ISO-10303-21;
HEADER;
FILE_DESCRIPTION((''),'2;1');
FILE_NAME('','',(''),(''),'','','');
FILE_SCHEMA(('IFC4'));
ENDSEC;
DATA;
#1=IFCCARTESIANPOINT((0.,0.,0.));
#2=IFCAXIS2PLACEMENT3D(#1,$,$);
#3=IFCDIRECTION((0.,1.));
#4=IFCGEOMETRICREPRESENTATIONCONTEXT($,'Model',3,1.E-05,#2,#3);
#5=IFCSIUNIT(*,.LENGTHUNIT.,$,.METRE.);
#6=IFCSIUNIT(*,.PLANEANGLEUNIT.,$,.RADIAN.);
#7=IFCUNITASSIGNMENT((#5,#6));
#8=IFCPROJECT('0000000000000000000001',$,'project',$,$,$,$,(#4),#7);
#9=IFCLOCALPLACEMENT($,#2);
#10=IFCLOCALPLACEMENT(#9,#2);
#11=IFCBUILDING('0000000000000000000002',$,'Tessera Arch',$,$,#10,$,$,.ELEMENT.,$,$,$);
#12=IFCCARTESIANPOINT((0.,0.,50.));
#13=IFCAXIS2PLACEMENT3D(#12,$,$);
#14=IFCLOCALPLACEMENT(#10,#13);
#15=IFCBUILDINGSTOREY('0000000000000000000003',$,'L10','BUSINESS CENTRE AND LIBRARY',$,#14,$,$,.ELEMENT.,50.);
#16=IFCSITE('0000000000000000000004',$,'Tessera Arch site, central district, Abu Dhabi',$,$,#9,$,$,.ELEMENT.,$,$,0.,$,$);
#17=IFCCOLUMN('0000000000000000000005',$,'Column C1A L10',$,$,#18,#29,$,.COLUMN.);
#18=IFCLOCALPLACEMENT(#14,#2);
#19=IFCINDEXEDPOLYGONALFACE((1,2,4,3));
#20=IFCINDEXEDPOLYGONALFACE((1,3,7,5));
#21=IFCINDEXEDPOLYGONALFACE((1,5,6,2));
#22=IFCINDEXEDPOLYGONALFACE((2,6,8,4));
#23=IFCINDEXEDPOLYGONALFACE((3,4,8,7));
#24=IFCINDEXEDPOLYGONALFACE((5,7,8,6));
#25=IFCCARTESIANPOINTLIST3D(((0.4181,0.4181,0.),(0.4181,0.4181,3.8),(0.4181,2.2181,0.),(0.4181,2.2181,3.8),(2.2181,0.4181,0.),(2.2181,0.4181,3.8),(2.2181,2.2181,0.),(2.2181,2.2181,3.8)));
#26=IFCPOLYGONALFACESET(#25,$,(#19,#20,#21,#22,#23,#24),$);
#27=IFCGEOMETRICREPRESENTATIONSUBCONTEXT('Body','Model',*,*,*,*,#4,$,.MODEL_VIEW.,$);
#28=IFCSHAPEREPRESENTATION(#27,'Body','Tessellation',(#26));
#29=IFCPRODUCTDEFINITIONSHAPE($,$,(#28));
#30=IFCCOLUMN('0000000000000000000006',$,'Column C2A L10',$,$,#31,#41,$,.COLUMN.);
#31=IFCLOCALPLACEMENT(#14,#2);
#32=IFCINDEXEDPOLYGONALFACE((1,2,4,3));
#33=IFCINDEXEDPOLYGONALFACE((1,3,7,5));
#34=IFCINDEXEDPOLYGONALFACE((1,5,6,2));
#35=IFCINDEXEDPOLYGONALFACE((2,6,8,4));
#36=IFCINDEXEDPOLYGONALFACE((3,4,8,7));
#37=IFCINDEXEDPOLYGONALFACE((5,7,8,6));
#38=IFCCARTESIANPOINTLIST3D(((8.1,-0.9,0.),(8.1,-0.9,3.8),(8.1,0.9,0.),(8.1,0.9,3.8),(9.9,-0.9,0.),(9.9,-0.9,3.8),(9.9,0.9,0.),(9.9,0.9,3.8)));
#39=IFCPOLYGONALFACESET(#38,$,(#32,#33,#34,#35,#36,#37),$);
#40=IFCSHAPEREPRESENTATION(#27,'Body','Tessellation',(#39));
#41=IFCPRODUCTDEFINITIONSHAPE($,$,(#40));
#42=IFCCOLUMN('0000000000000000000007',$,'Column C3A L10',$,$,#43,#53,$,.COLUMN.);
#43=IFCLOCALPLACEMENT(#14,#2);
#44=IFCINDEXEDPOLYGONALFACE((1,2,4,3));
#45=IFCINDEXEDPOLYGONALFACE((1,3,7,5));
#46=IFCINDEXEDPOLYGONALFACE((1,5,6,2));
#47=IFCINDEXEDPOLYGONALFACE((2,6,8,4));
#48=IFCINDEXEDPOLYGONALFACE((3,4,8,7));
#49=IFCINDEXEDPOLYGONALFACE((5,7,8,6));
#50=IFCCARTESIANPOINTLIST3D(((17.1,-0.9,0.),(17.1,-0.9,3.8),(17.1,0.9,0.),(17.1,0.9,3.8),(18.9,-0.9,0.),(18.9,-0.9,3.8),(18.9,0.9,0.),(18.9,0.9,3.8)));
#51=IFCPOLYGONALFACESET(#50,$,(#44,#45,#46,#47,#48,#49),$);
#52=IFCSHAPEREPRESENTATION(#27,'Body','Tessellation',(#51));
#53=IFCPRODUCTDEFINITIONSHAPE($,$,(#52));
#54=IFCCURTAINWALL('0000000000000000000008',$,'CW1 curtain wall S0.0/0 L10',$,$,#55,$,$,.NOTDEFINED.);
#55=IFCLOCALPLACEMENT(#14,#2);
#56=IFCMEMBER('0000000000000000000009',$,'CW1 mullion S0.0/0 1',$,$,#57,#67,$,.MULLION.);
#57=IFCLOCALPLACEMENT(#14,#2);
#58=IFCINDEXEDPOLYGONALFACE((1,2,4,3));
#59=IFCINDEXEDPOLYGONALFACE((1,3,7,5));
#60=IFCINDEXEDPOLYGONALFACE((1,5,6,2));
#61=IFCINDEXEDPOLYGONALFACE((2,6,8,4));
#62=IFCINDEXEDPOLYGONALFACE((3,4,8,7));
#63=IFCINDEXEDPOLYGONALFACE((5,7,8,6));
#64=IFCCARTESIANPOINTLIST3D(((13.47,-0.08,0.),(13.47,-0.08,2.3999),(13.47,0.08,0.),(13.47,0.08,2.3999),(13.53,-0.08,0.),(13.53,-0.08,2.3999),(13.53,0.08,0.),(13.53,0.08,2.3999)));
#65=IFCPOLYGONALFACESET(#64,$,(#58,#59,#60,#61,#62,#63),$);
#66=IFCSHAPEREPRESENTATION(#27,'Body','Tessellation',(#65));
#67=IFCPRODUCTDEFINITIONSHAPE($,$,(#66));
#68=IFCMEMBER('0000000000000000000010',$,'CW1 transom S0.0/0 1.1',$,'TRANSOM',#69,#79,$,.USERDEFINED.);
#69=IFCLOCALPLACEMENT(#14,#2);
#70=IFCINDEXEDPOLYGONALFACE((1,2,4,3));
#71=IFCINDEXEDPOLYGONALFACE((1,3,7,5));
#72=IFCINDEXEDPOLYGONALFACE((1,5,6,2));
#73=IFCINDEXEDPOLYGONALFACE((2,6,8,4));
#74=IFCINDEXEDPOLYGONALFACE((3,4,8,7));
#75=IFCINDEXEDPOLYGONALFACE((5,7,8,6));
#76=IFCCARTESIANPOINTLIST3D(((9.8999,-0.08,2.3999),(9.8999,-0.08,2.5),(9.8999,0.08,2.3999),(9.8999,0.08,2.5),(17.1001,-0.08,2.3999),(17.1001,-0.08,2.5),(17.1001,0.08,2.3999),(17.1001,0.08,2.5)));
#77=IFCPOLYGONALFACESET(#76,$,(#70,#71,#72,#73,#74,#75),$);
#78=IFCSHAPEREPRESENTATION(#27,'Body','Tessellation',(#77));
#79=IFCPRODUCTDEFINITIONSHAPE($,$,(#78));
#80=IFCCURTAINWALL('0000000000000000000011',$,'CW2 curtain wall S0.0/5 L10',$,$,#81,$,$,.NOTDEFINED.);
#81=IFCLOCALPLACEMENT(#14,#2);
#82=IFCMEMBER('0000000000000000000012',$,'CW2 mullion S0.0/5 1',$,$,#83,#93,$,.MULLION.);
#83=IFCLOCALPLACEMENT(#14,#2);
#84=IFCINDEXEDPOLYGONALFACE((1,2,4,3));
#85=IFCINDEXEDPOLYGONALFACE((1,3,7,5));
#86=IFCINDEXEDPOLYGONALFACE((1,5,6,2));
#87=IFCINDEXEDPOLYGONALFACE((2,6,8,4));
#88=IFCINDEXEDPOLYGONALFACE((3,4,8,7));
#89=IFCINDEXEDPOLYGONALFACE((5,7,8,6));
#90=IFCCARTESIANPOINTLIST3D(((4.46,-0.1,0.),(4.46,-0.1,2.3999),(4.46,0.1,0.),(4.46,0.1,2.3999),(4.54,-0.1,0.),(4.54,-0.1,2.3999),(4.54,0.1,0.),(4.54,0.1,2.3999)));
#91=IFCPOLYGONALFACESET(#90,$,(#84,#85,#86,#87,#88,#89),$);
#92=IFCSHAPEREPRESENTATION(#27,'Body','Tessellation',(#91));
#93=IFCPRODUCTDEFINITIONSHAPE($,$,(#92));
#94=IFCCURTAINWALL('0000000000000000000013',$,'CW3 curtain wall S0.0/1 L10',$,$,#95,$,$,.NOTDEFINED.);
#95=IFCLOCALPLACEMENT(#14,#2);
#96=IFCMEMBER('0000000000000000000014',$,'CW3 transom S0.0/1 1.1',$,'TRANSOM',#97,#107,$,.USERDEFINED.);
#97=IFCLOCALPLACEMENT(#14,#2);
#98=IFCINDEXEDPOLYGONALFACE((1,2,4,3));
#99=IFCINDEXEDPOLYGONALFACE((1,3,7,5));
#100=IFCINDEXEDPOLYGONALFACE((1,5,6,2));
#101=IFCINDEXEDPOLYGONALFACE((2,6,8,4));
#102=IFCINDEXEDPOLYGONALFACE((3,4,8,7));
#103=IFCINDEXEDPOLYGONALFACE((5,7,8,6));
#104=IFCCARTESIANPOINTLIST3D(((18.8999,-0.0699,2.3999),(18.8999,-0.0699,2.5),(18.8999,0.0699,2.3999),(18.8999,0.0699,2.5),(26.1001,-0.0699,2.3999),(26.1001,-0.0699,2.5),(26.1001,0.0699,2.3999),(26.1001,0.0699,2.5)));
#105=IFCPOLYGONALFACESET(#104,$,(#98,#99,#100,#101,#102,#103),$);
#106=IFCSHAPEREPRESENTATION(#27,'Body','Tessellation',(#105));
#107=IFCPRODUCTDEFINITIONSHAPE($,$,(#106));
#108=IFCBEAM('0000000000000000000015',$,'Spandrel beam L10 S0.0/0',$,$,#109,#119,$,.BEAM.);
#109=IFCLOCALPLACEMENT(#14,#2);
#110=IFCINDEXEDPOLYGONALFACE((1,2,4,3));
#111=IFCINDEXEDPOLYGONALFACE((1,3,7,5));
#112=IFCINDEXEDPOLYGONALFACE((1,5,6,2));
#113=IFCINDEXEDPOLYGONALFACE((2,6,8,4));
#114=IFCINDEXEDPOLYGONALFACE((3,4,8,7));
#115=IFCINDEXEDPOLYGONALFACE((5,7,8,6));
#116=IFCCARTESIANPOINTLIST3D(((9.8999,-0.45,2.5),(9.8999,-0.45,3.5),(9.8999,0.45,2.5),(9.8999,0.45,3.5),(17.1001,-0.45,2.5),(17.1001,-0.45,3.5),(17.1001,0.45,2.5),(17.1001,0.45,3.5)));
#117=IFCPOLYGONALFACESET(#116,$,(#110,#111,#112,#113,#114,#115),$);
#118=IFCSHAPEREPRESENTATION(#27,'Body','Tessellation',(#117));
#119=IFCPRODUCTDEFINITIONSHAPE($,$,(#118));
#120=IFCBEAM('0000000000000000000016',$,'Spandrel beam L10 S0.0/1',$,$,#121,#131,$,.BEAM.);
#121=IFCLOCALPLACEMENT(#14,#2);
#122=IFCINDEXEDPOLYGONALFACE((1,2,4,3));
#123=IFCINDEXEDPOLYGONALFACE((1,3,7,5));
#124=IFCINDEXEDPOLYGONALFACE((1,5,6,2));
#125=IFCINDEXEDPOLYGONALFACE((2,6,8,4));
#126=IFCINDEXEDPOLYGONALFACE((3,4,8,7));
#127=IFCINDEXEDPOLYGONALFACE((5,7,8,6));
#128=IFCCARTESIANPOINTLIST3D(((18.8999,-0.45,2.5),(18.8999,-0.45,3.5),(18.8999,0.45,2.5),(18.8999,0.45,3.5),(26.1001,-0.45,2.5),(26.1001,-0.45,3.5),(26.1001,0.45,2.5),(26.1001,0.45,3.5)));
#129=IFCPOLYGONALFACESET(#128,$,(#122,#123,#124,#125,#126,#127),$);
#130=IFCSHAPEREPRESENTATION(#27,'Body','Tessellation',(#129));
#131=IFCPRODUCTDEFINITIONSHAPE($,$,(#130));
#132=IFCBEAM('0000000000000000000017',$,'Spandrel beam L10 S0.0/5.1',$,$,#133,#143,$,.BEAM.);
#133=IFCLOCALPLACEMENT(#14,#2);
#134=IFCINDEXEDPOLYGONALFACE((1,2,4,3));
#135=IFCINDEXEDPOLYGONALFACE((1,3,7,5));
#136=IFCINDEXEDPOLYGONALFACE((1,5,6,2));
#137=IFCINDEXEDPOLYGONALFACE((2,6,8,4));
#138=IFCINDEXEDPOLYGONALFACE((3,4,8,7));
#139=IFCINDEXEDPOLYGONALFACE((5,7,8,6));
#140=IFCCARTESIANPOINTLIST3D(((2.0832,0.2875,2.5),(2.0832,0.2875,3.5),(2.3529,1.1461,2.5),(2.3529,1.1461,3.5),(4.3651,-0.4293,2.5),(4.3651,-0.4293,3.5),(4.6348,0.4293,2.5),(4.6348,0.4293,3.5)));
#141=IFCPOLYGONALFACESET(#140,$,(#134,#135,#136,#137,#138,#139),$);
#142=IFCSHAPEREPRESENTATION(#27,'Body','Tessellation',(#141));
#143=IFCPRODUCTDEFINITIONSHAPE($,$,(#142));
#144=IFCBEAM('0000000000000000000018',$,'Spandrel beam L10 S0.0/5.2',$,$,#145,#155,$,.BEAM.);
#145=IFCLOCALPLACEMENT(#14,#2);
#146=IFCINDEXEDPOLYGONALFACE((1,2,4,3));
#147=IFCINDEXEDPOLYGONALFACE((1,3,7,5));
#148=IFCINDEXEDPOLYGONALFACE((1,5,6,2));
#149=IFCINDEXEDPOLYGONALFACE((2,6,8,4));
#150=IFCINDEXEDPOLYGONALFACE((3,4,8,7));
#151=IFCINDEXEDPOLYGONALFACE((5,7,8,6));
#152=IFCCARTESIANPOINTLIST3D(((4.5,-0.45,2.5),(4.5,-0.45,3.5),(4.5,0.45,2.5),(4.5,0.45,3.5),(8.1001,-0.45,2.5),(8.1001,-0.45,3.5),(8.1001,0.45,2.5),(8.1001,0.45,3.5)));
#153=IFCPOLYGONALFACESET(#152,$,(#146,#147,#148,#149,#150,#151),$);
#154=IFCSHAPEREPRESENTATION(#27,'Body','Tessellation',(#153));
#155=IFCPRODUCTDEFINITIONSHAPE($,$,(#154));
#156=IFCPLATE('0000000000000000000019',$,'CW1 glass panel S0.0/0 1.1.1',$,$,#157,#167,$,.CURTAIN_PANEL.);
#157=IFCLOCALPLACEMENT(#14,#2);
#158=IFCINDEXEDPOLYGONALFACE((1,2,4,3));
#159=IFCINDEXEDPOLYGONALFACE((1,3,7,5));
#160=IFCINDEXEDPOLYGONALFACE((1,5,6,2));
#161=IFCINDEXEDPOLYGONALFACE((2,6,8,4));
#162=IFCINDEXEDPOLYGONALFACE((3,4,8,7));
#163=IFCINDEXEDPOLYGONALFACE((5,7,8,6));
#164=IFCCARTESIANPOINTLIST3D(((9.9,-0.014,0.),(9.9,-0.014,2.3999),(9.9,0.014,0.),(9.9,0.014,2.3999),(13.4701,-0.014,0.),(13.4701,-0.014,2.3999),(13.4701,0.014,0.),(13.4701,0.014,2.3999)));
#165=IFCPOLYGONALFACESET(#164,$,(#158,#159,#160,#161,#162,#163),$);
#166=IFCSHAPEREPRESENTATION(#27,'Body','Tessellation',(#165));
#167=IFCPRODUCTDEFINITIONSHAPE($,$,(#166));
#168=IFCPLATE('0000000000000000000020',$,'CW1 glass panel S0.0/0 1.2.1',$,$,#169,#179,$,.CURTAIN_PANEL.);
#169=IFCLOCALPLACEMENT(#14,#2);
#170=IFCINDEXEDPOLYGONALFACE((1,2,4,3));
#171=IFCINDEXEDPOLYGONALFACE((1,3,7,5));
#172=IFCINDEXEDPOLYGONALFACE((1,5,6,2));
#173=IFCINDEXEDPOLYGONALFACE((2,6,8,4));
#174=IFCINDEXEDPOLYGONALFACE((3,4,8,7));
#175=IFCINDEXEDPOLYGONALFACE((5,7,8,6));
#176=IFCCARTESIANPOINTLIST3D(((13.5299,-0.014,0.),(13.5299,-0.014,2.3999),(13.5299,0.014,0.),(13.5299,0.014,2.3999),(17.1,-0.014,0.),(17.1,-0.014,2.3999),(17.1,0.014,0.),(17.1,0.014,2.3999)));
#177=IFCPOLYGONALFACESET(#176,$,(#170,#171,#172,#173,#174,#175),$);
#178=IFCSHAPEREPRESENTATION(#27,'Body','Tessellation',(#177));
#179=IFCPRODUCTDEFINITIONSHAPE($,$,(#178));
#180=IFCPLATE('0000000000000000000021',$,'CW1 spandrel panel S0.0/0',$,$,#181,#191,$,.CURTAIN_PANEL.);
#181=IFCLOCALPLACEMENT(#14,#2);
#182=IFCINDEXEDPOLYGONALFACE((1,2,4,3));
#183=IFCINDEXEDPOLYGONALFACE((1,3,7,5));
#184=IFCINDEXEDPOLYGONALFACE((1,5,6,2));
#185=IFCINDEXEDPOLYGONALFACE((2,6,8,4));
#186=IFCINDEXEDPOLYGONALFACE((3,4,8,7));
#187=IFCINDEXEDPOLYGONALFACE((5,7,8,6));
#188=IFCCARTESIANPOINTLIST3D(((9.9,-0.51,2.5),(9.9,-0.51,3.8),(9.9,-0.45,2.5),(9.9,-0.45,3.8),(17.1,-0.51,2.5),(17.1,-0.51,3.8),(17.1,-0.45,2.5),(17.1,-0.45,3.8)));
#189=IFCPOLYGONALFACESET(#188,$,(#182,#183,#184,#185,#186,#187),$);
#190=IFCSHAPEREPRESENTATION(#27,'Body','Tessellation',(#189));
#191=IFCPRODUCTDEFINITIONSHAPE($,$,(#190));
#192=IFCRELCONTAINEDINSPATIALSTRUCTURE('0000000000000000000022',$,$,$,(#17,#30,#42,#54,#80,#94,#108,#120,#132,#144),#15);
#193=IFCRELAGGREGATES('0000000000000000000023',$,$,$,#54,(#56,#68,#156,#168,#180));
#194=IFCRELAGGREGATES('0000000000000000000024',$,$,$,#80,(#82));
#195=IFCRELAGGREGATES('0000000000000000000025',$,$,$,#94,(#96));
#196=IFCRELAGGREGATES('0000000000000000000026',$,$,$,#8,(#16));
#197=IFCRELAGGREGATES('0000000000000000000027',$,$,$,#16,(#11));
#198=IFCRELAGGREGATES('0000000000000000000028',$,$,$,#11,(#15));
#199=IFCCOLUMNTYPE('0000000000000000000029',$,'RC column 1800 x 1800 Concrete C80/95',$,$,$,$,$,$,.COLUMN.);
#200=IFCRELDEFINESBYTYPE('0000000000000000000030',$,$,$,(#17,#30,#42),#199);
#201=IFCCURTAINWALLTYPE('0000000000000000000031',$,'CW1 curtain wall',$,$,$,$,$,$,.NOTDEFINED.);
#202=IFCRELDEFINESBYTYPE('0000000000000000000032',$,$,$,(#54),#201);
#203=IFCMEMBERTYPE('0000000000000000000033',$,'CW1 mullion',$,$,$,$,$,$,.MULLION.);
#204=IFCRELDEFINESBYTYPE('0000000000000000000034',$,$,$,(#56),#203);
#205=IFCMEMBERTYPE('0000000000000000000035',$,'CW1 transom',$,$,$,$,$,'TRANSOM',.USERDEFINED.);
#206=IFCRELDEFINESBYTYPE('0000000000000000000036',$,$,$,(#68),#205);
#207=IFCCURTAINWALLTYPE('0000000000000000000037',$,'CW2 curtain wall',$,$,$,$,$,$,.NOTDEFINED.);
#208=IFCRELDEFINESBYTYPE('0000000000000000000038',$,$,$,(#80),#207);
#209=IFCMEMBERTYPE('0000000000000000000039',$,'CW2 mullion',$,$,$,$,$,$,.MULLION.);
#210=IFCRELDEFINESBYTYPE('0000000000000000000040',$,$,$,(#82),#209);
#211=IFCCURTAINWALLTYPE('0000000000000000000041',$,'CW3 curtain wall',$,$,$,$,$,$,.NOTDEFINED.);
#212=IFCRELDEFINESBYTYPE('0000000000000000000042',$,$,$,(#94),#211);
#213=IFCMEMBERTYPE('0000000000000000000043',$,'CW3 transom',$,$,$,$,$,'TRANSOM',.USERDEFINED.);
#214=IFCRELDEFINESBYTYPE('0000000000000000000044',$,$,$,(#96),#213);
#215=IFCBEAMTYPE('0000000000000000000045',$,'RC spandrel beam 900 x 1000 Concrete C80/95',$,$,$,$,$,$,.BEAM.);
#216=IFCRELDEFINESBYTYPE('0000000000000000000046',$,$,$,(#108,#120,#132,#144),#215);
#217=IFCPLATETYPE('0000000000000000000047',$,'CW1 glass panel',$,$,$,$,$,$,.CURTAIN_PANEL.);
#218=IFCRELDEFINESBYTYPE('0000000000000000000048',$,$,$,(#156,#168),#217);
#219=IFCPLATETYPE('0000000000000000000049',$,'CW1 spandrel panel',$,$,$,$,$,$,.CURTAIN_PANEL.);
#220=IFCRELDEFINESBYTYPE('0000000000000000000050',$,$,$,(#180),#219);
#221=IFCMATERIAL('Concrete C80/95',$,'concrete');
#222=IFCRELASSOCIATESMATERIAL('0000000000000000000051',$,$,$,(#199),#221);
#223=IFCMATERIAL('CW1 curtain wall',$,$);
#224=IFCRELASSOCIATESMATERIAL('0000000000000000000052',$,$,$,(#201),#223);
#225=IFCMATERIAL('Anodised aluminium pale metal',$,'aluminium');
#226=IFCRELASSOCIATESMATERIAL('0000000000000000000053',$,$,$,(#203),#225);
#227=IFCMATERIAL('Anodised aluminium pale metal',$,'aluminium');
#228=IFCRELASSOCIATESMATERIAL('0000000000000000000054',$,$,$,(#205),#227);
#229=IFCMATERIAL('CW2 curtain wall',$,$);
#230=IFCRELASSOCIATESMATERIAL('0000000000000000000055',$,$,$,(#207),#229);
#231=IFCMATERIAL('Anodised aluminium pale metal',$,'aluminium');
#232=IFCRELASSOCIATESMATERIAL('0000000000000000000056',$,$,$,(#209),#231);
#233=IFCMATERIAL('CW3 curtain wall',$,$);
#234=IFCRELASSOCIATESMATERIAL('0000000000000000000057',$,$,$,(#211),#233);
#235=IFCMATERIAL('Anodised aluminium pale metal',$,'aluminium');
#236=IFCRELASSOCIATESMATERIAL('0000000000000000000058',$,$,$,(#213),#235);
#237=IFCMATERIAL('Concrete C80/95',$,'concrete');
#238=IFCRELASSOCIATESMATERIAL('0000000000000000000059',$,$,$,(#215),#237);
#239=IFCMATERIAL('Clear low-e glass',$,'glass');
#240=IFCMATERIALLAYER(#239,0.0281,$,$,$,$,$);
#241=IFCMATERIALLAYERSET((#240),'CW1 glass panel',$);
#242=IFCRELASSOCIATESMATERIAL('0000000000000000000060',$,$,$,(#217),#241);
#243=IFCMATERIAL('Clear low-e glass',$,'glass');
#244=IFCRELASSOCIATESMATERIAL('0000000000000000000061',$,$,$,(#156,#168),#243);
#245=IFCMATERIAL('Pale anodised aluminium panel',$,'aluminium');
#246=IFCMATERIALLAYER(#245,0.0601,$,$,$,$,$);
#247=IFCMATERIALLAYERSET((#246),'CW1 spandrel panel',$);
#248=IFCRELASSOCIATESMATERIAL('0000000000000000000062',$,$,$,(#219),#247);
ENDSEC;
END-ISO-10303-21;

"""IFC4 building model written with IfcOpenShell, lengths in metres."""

from ifc_helpers import new_model, si_unit, direction, frame, origin, origin_2d, place, context, subcontext, project, spatial, rectangle, extrude, material, layer, layer_set, material_profile, profile_set, type_object, element, aggregate, save


model = new_model("IFC4")

# Units and contexts
model_context = context("Model", 3, precision=1e-05, world=origin(), true_north=direction((0.0, 1.0)))
body_context = subcontext(model_context, "Body", "Model", "MODEL_VIEW")
ifc_project = project(units=[si_unit("LENGTHUNIT", "METRE"), si_unit("PLANEANGLEUNIT", "RADIAN")], contexts=[model_context])

# Site, building, storey
site_placement = place(None, origin())
site = spatial("IfcSite", under=ifc_project, at=site_placement, Name="Tessera Arch site, central district, Abu Dhabi", CompositionType="ELEMENT", RefElevation=0.0)
building_placement = place(site_placement, origin())
building = spatial("IfcBuilding", under=site, at=building_placement, Name="Tessera Arch", CompositionType="ELEMENT")
storey_placement = place(building_placement, frame((0.0, 0.0, 50.0)))
storey = spatial("IfcBuildingStorey", under=building, at=storey_placement, Name="L10", Description="BUSINESS CENTRE AND LIBRARY", CompositionType="ELEMENT", Elevation=50.0)

# Columns
ifc_material_1 = material(Name="Concrete C80/95", Category="concrete")
ifc_material_profile_1 = material_profile(ifc_material_1, rectangle(XDim=1.8, YDim=1.8, at=origin_2d()), Name="RC column 1800 x 1800 Concrete C80/95")
ifc_profile_set_1 = profile_set([ifc_material_profile_1], Name="Concrete C80/95")
column_type = type_object("IfcColumnType", Name="RC column 1800 x 1800 Concrete C80/95", PredefinedType="COLUMN", material=ifc_profile_set_1)
for number, where, z_axis, x_axis, name in (
    (1, (1.3181, 1.3181, 0.0), (0.0, 0.0, 1.0), (1.0, 0.0, 0.0), "Column C1A L10"),
    (2, (9.0, 0.0, 0.0), (0.0, 0.0, 1.0), (1.0, 0.0, 0.0), "Column C2A L10"),
    (3, (18.0, 0.0, 0.0), (0.0, 0.0, 1.0), (1.0, 0.0, 0.0), "Column C3A L10"),
):
    element("IfcColumn", number, at=place(storey_placement, frame(where, z_axis=z_axis, x_axis=x_axis)), inside=storey, type_object=column_type, Name=name, PredefinedType="COLUMN", context=body_context, shape_type="SweptSolid", body=[
        extrude(rectangle(XDim=1.8, YDim=1.8, at=origin_2d()), origin(), (0.0, 0.0, 1.0), 3.8),
    ])

# Curtain wall, members
ifc_material_2 = material(Name="CW1 curtain wall")
curtain_wall_type_1 = type_object("IfcCurtainWallType", Name="CW1 curtain wall", PredefinedType="NOTDEFINED", material=ifc_material_2)
curtain_wall_1_placement = place(storey_placement, origin())
curtain_wall_1 = element("IfcCurtainWall", 4, at=curtain_wall_1_placement, inside=storey, type_object=curtain_wall_type_1, Name="CW1 curtain wall S0.0/0 L10", PredefinedType="NOTDEFINED")
ifc_material_3 = material(Name="Anodised aluminium pale metal", Category="aluminium")
ifc_material_profile_2 = material_profile(ifc_material_3, rectangle(XDim=0.1599, YDim=0.0601, at=origin_2d()), Name="AL 60x160")
ifc_profile_set_2 = profile_set([ifc_material_profile_2], Name="Anodised aluminium pale metal")
member_type_1 = type_object("IfcMemberType", Name="CW1 mullion", PredefinedType="MULLION", material=ifc_profile_set_2)
member_1_placement = place(storey_placement, frame((13.5, 0.0, 0.0), z_axis=(0.0, 0.0, 1.0), x_axis=(0.0, 1.0, 0.0)))
member_1 = element("IfcMember", 5, at=member_1_placement, type_object=member_type_1, Name="CW1 mullion S0.0/0 1", PredefinedType="MULLION", context=body_context, shape_type="SweptSolid", body=[
    extrude(rectangle(XDim=0.1599, YDim=0.0601, at=origin_2d()), origin(), (0.0, 0.0, 1.0), 2.3999),
])
ifc_material_4 = material(Name="Anodised aluminium pale metal", Category="aluminium")
ifc_material_profile_3 = material_profile(ifc_material_4, rectangle(XDim=0.1599, YDim=0.1001, at=origin_2d()), Name="AL 160x100")
ifc_profile_set_3 = profile_set([ifc_material_profile_3], Name="Anodised aluminium pale metal")
member_type_2 = type_object("IfcMemberType", Name="CW1 transom", ElementType="TRANSOM", PredefinedType="USERDEFINED", material=ifc_profile_set_3)
member_2_placement = place(storey_placement, frame((9.8999, 0.0, 2.45), z_axis=(1.0, 0.0, 0.0), x_axis=(0.0, 1.0, 0.0)))
member_2 = element("IfcMember", 6, at=member_2_placement, type_object=member_type_2, Name="CW1 transom S0.0/0 1.1", ObjectType="TRANSOM", PredefinedType="USERDEFINED", context=body_context, shape_type="SweptSolid", body=[
    extrude(rectangle(XDim=0.1599, YDim=0.1001, at=origin_2d()), origin(), (0.0, 0.0, 1.0), 7.2002),
])

# Curtain walls, members
ifc_material_5 = material(Name="CW2 curtain wall")
curtain_wall_type_2 = type_object("IfcCurtainWallType", Name="CW2 curtain wall", PredefinedType="NOTDEFINED", material=ifc_material_5)
curtain_wall_2_placement = place(storey_placement, origin())
curtain_wall_2 = element("IfcCurtainWall", 7, at=curtain_wall_2_placement, inside=storey, type_object=curtain_wall_type_2, Name="CW2 curtain wall S0.0/5 L10", PredefinedType="NOTDEFINED")
ifc_material_6 = material(Name="Anodised aluminium pale metal", Category="aluminium")
ifc_material_profile_4 = material_profile(ifc_material_6, rectangle(XDim=0.2, YDim=0.0801, at=origin_2d()), Name="AL 80x200")
ifc_profile_set_4 = profile_set([ifc_material_profile_4], Name="Anodised aluminium pale metal")
member_type_3 = type_object("IfcMemberType", Name="CW2 mullion", PredefinedType="MULLION", material=ifc_profile_set_4)
member_3_placement = place(storey_placement, frame((4.5, 0.0, 0.0), z_axis=(0.0, 0.0, 1.0), x_axis=(0.0, 1.0, 0.0)))
member_3 = element("IfcMember", 8, at=member_3_placement, type_object=member_type_3, Name="CW2 mullion S0.0/5 1", PredefinedType="MULLION", context=body_context, shape_type="SweptSolid", body=[
    extrude(rectangle(XDim=0.2, YDim=0.0801, at=origin_2d()), origin(), (0.0, 0.0, 1.0), 2.3999),
])
ifc_material_7 = material(Name="CW3 curtain wall")
curtain_wall_type_3 = type_object("IfcCurtainWallType", Name="CW3 curtain wall", PredefinedType="NOTDEFINED", material=ifc_material_7)
curtain_wall_3_placement = place(storey_placement, origin())
curtain_wall_3 = element("IfcCurtainWall", 9, at=curtain_wall_3_placement, inside=storey, type_object=curtain_wall_type_3, Name="CW3 curtain wall S0.0/1 L10", PredefinedType="NOTDEFINED")
ifc_material_8 = material(Name="Anodised aluminium pale metal", Category="aluminium")
ifc_material_profile_5 = material_profile(ifc_material_8, rectangle(XDim=0.1399, YDim=0.1001, at=origin_2d()), Name="AL 140x100")
ifc_profile_set_5 = profile_set([ifc_material_profile_5], Name="Anodised aluminium pale metal")
member_type_4 = type_object("IfcMemberType", Name="CW3 transom", ElementType="TRANSOM", PredefinedType="USERDEFINED", material=ifc_profile_set_5)
member_4_placement = place(storey_placement, frame((18.8999, 0.0, 2.45), z_axis=(1.0, 0.0, 0.0), x_axis=(0.0, 1.0, 0.0)))
member_4 = element("IfcMember", 10, at=member_4_placement, type_object=member_type_4, Name="CW3 transom S0.0/1 1.1", ObjectType="TRANSOM", PredefinedType="USERDEFINED", context=body_context, shape_type="SweptSolid", body=[
    extrude(rectangle(XDim=0.1399, YDim=0.1001, at=origin_2d()), origin(), (0.0, 0.0, 1.0), 7.2002),
])

# Beams
ifc_material_9 = material(Name="Concrete C80/95", Category="concrete")
ifc_material_profile_6 = material_profile(ifc_material_9, rectangle(XDim=0.8999, YDim=1.0, at=origin_2d()), Name="RC spandrel beam 900 x 1000 Concrete C80/95")
ifc_profile_set_6 = profile_set([ifc_material_profile_6], Name="Concrete C80/95")
beam_type = type_object("IfcBeamType", Name="RC spandrel beam 900 x 1000 Concrete C80/95", PredefinedType="BEAM", material=ifc_profile_set_6)
for number, where, z_axis, x_axis, name in (
    (11, (9.8999, 0.0, 3.0), (1.0, 0.0, 0.0), (0.0, 1.0, 0.0), "Spandrel beam L10 S0.0/0"),
    (12, (18.8999, 0.0, 3.0), (1.0, 0.0, 0.0), (0.0, 1.0, 0.0), "Spandrel beam L10 S0.0/1"),
):
    element("IfcBeam", number, at=place(storey_placement, frame(where, z_axis=z_axis, x_axis=x_axis)), inside=storey, type_object=beam_type, Name=name, PredefinedType="BEAM", context=body_context, shape_type="SweptSolid", body=[
        extrude(rectangle(XDim=0.8999, YDim=1.0, at=origin_2d()), origin(), (0.0, 0.0, 1.0), 7.2002),
    ])
beam_1_placement = place(storey_placement, frame((2.218, 0.7168, 3.0), z_axis=(0.954041, -0.299675, 0.0), x_axis=(0.299675, 0.954041, 0.0)))
element("IfcBeam", 13, at=beam_1_placement, inside=storey, type_object=beam_type, Name="Spandrel beam L10 S0.0/5.1", PredefinedType="BEAM", context=body_context, shape_type="SweptSolid", body=[
    extrude(rectangle(XDim=0.8999, YDim=1.0, at=origin_2d()), origin(), (0.0, 0.0, 1.0), 2.3918),
])
beam_2_placement = place(storey_placement, frame((4.5, 0.0, 3.0), z_axis=(1.0, 0.0, 0.0), x_axis=(0.0, 1.0, 0.0)))
element("IfcBeam", 14, at=beam_2_placement, inside=storey, type_object=beam_type, Name="Spandrel beam L10 S0.0/5.2", PredefinedType="BEAM", context=body_context, shape_type="SweptSolid", body=[
    extrude(rectangle(XDim=0.8999, YDim=1.0, at=origin_2d()), origin(), (0.0, 0.0, 1.0), 3.6001),
])

# Plates
ifc_material_10 = material(Name="Clear low-e glass", Category="glass")
ifc_material_11 = material(Name="Clear low-e glass", Category="glass")
ifc_layer_1 = layer(ifc_material_11, 0.0281)
ifc_layer_set_1 = layer_set([ifc_layer_1], Name="CW1 glass panel")
plate_type_1 = type_object("IfcPlateType", Name="CW1 glass panel", PredefinedType="CURTAIN_PANEL", material=ifc_layer_set_1)
plate_1_placement = place(storey_placement, frame((11.6851, 0.0, 0.0), z_axis=(0.0, 0.0, 1.0), x_axis=(1.0, 0.0, 0.0)))
plate_1 = element("IfcPlate", 15, at=plate_1_placement, type_object=plate_type_1, material=ifc_material_10, Name="CW1 glass panel S0.0/0 1.1.1", PredefinedType="CURTAIN_PANEL", context=body_context, shape_type="SweptSolid", body=[
    extrude(rectangle(XDim=3.5701, YDim=0.0281, at=origin_2d()), origin(), (0.0, 0.0, 1.0), 2.3999),
])
plate_2_placement = place(storey_placement, frame((15.3149, 0.0, 0.0), z_axis=(0.0, 0.0, 1.0), x_axis=(1.0, 0.0, 0.0)))
plate_2 = element("IfcPlate", 16, at=plate_2_placement, type_object=plate_type_1, material=ifc_material_10, Name="CW1 glass panel S0.0/0 1.2.1", PredefinedType="CURTAIN_PANEL", context=body_context, shape_type="SweptSolid", body=[
    extrude(rectangle(XDim=3.5701, YDim=0.0281, at=origin_2d()), origin(), (0.0, 0.0, 1.0), 2.3999),
])
ifc_material_12 = material(Name="Pale anodised aluminium panel", Category="aluminium")
ifc_layer_2 = layer(ifc_material_12, 0.0601)
ifc_layer_set_2 = layer_set([ifc_layer_2], Name="CW1 spandrel panel")
plate_type_2 = type_object("IfcPlateType", Name="CW1 spandrel panel", PredefinedType="CURTAIN_PANEL", material=ifc_layer_set_2)
plate_3_placement = place(storey_placement, frame((13.5, -0.48, 2.5), z_axis=(0.0, 0.0, 1.0), x_axis=(1.0, 0.0, 0.0)))
plate_3 = element("IfcPlate", 17, at=plate_3_placement, type_object=plate_type_2, Name="CW1 spandrel panel S0.0/0", PredefinedType="CURTAIN_PANEL", context=body_context, shape_type="SweptSolid", body=[
    extrude(rectangle(XDim=7.2, YDim=0.0601, at=origin_2d()), origin(), (0.0, 0.0, 1.0), 1.3),
])
aggregate(curtain_wall_1, [member_1, member_2, plate_1, plate_2, plate_3])
aggregate(curtain_wall_2, [member_3])
aggregate(curtain_wall_3, [member_4])

save(model, "model.ifc")
